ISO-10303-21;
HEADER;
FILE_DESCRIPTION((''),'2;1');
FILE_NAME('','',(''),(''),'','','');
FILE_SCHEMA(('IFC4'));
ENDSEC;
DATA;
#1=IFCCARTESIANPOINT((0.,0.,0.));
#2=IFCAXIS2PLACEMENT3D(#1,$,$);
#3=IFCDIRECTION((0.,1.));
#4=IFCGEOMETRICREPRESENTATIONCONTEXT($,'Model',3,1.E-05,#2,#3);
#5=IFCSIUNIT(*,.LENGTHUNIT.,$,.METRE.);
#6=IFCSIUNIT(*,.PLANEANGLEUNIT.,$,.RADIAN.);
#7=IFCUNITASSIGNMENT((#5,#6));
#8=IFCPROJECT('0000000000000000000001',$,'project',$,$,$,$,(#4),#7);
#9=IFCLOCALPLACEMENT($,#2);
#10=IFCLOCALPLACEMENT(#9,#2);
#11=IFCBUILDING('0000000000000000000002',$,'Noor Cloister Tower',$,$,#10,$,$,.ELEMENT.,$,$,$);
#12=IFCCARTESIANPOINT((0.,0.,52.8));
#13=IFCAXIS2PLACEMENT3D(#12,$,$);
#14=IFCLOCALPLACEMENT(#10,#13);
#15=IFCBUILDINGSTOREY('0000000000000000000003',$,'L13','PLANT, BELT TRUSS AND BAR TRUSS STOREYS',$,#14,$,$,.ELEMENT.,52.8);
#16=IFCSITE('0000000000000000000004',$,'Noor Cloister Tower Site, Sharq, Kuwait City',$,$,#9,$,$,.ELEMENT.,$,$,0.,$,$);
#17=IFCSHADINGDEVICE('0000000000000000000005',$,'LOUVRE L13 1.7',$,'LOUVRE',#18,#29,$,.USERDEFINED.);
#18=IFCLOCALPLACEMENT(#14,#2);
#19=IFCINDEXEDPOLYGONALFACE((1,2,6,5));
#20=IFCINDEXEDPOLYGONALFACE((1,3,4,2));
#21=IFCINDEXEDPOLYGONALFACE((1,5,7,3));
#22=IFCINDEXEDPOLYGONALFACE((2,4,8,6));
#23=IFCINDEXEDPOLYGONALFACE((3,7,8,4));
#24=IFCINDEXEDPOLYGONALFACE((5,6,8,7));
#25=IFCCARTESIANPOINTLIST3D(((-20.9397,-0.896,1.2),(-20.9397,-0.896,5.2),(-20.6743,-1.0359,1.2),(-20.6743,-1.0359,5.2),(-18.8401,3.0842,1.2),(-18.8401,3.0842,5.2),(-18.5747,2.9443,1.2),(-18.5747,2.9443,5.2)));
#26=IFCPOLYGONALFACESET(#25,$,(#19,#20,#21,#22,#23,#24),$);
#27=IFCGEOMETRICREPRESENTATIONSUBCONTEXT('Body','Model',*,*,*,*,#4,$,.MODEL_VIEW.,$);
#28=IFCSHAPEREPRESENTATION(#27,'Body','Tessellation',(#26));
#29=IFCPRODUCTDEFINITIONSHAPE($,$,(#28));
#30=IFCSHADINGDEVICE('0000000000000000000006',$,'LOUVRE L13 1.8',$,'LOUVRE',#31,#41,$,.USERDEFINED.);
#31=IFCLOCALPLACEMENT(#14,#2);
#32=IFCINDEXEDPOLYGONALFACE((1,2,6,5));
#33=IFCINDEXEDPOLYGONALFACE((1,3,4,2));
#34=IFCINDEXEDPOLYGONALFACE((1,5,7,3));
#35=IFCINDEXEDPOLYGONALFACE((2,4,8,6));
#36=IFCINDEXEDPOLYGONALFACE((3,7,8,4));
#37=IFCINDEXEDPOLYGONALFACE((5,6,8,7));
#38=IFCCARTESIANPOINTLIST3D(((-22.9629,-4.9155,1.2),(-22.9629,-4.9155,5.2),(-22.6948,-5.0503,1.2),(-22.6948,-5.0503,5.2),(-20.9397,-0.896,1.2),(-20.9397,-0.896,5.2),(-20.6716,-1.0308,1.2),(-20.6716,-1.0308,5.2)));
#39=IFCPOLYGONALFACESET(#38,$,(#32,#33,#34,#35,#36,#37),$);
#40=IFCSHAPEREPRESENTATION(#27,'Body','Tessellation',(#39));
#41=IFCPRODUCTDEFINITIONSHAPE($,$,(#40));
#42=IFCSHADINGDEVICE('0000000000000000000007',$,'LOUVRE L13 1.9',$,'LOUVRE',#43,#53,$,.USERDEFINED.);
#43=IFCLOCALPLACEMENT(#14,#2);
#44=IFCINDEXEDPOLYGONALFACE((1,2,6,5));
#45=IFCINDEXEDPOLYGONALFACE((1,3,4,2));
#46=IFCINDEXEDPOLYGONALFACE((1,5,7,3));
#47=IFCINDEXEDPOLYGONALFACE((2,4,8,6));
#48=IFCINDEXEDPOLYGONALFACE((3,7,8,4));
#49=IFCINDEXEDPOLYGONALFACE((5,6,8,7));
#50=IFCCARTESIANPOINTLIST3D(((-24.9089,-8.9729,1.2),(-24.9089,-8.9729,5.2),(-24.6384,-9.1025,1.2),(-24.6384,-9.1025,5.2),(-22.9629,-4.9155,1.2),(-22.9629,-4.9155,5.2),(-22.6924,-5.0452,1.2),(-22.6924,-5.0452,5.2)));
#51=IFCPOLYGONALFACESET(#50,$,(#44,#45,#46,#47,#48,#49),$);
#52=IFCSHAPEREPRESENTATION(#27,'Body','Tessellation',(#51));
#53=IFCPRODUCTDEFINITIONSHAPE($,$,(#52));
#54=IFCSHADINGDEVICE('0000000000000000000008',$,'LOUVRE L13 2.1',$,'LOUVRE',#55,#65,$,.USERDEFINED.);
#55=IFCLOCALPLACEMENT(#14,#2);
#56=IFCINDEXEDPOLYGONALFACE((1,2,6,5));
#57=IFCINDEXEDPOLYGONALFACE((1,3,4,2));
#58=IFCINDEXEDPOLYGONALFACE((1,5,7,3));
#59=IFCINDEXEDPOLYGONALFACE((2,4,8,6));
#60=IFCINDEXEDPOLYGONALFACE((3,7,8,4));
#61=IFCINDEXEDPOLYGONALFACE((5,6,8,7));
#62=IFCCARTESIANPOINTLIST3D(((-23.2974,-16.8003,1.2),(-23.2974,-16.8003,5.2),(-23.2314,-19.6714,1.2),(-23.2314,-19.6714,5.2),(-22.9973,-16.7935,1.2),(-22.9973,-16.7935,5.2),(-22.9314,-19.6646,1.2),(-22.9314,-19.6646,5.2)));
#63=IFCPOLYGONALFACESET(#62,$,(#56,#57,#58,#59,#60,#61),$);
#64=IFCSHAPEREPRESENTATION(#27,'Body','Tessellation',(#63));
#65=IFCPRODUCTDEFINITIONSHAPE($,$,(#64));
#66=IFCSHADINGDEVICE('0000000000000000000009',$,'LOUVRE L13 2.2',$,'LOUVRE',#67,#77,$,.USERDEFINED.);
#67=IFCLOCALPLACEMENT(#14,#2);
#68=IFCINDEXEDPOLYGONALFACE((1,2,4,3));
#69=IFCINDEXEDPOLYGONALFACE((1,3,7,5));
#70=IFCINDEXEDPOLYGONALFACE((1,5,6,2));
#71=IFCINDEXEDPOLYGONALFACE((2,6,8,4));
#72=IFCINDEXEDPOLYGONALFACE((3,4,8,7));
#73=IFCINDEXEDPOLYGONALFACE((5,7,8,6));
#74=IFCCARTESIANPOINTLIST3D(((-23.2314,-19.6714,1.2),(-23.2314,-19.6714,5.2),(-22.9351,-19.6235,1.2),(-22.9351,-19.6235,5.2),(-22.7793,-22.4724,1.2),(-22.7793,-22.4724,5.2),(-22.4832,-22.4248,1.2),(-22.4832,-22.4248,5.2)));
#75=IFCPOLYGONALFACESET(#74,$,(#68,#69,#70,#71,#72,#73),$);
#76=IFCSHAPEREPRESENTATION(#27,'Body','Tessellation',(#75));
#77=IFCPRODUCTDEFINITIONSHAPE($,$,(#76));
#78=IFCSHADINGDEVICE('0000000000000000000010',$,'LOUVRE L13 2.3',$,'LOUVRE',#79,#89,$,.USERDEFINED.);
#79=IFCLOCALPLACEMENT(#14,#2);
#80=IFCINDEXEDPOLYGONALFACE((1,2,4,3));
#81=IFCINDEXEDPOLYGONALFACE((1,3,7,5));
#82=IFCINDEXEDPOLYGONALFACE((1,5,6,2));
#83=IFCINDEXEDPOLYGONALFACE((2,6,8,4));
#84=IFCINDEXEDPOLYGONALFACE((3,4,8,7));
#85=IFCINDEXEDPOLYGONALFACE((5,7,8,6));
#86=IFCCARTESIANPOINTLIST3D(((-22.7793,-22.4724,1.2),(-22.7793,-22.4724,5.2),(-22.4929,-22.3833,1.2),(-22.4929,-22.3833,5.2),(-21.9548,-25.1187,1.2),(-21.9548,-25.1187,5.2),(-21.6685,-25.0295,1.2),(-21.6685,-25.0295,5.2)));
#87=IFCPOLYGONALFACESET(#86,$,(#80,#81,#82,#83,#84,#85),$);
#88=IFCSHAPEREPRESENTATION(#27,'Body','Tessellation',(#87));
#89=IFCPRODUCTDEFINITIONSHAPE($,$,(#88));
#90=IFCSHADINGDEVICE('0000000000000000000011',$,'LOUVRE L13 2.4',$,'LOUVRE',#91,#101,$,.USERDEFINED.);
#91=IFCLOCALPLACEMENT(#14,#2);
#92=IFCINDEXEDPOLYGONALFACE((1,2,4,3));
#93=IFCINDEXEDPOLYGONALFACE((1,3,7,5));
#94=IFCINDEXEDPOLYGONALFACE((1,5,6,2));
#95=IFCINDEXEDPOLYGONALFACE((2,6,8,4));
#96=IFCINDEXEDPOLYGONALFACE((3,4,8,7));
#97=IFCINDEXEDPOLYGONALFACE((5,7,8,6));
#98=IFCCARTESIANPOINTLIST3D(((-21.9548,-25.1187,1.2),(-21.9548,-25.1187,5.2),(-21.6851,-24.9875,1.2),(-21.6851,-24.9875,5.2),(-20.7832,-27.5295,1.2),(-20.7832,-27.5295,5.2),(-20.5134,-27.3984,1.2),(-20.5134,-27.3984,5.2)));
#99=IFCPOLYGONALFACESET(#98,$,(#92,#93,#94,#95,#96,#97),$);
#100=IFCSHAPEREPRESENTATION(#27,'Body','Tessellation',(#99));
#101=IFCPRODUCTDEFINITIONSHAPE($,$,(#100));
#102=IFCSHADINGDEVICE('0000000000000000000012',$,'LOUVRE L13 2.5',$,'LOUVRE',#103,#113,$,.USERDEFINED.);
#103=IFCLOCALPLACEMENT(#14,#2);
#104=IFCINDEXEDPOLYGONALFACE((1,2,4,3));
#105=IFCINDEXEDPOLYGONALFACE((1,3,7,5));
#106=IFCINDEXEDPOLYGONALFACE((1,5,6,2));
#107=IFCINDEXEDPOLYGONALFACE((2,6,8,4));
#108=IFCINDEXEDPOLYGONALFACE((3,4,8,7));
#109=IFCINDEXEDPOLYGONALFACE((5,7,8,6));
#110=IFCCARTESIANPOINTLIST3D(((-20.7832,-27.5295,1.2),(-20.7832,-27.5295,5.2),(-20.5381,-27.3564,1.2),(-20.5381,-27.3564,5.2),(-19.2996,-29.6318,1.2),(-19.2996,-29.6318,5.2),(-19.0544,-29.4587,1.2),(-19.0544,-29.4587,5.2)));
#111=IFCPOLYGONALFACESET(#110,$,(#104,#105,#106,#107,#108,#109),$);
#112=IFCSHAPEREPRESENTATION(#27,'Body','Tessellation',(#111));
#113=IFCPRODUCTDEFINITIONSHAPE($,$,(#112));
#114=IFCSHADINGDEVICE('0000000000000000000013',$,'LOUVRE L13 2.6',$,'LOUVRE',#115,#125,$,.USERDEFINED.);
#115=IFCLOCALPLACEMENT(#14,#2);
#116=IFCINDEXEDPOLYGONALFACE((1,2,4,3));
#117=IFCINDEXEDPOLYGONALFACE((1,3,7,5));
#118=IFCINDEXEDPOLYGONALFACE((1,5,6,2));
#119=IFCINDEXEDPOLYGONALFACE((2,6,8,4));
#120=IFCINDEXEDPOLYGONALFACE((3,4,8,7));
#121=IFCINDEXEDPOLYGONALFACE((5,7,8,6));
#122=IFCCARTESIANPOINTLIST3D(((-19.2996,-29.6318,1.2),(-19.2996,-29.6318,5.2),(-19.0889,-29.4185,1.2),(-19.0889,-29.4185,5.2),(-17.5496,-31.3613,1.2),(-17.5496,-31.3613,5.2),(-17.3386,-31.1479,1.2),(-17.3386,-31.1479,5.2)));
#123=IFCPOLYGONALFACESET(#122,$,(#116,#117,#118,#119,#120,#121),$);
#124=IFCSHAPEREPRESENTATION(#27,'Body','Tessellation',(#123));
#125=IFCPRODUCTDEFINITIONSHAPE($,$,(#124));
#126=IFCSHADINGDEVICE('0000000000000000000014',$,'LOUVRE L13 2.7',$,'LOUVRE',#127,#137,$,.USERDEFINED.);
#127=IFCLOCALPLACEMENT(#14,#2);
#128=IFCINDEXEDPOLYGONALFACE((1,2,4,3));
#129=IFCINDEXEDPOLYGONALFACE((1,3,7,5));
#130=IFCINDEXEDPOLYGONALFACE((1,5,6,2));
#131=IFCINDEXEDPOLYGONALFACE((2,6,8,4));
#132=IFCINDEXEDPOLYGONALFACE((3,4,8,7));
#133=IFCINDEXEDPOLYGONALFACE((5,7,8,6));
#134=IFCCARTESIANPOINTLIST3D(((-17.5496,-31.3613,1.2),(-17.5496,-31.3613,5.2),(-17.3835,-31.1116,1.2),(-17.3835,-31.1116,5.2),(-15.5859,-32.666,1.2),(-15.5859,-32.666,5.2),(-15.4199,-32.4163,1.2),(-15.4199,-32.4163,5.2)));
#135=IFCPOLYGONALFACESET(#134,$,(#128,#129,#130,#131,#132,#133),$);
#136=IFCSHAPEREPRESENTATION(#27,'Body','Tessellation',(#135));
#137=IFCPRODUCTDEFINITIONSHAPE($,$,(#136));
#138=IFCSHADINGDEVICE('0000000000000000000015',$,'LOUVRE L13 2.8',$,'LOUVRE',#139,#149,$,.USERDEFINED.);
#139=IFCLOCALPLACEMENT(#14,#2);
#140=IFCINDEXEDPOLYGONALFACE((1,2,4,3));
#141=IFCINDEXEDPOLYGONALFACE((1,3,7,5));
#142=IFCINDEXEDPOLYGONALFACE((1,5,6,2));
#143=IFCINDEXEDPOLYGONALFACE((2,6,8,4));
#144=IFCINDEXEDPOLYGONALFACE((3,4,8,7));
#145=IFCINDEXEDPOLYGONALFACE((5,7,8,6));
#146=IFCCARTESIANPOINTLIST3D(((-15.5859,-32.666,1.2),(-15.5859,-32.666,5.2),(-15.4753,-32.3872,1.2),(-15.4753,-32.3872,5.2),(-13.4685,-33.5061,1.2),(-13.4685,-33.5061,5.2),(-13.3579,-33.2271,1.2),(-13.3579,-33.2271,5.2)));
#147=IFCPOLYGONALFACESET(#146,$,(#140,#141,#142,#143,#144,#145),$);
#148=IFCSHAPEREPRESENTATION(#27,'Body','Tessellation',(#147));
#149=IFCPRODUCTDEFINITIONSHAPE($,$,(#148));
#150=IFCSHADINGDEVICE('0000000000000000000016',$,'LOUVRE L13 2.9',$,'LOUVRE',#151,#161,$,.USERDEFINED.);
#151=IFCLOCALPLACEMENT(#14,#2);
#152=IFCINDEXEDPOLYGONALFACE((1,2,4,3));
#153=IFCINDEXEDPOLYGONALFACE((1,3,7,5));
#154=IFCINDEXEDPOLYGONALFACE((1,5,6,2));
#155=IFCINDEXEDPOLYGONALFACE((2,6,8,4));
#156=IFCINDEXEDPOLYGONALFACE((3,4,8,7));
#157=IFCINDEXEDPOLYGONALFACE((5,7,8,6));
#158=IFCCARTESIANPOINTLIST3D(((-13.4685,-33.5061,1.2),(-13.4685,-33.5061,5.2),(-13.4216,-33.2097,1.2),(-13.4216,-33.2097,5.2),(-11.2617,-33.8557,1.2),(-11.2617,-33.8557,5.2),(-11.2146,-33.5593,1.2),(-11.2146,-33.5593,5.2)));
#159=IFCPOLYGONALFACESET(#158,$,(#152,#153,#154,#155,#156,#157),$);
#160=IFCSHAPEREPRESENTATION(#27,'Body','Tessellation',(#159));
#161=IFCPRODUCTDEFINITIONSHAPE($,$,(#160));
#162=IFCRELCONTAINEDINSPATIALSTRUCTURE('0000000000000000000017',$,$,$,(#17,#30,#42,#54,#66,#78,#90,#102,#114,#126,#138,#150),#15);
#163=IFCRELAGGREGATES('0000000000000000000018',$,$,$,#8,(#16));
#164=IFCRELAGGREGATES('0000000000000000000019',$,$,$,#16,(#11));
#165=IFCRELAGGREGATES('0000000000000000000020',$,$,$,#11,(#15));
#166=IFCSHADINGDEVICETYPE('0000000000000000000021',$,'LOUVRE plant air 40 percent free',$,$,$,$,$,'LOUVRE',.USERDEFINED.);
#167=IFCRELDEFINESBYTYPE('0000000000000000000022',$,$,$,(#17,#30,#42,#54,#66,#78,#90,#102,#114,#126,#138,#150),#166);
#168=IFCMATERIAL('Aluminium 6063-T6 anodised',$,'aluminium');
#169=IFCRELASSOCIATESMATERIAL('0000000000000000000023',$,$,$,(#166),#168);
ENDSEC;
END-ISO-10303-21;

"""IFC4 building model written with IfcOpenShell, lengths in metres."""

from ifc_helpers import new_model, si_unit, direction, frame, origin, place, context, subcontext, project, spatial, polyline, outline, extrude, material, type_object, element, save


model = new_model("IFC4")

# Units and contexts
model_context = context("Model", 3, precision=1e-05, world=origin(), true_north=direction((0.0, 1.0)))
body_context = subcontext(model_context, "Body", "Model", "MODEL_VIEW")
ifc_project = project(units=[si_unit("LENGTHUNIT", "METRE"), si_unit("PLANEANGLEUNIT", "RADIAN")], contexts=[model_context])

# Site, building, storey
site_placement = place(None, origin())
site = spatial("IfcSite", under=ifc_project, at=site_placement, Name="Noor Cloister Tower Site, Sharq, Kuwait City", CompositionType="ELEMENT", RefElevation=0.0)
building_placement = place(site_placement, origin())
building = spatial("IfcBuilding", under=site, at=building_placement, Name="Noor Cloister Tower", CompositionType="ELEMENT")
storey_placement = place(building_placement, frame((0.0, 0.0, 52.8)))
storey = spatial("IfcBuildingStorey", under=building, at=storey_placement, Name="L13", Description="PLANT, BELT TRUSS AND BAR TRUSS STOREYS", CompositionType="ELEMENT", Elevation=52.8)

# Shading devices
ifc_material_1 = material(Name="Aluminium 6063-T6 anodised", Category="aluminium")
shading_device_type = type_object("IfcShadingDeviceType", Name="LOUVRE plant air 40 percent free", ElementType="LOUVRE", PredefinedType="USERDEFINED", material=ifc_material_1)
shading_device_1_placement = place(storey_placement, frame((0.0, 0.0, 1.2)))
element("IfcShadingDevice", 1, at=shading_device_1_placement, inside=storey, type_object=shading_device_type, Name="LOUVRE L13 1.7", ObjectType="LOUVRE", PredefinedType="USERDEFINED", context=body_context, shape_type="SweptSolid", body=[
    extrude(outline(polyline([(-18.8401, 3.0842), (-20.9397, -0.896), (-20.6743, -1.0359), (-18.5747, 2.9443), (-18.8401, 3.0842)])), origin(), (0.0, 0.0, 1.0), 4.0),
])
shading_device_2_placement = place(storey_placement, frame((0.0, 0.0, 1.2)))
element("IfcShadingDevice", 2, at=shading_device_2_placement, inside=storey, type_object=shading_device_type, Name="LOUVRE L13 1.8", ObjectType="LOUVRE", PredefinedType="USERDEFINED", context=body_context, shape_type="SweptSolid", body=[
    extrude(outline(polyline([(-20.9397, -0.896), (-22.9629, -4.9155), (-22.6948, -5.0503), (-20.6716, -1.0308), (-20.9397, -0.896)])), origin(), (0.0, 0.0, 1.0), 4.0),
])
shading_device_3_placement = place(storey_placement, frame((0.0, 0.0, 1.2)))
element("IfcShadingDevice", 3, at=shading_device_3_placement, inside=storey, type_object=shading_device_type, Name="LOUVRE L13 1.9", ObjectType="LOUVRE", PredefinedType="USERDEFINED", context=body_context, shape_type="SweptSolid", body=[
    extrude(outline(polyline([(-22.9629, -4.9155), (-24.9089, -8.9729), (-24.6384, -9.1025), (-22.6924, -5.0452), (-22.9629, -4.9155)])), origin(), (0.0, 0.0, 1.0), 4.0),
])
shading_device_4_placement = place(storey_placement, frame((0.0, 0.0, 1.2)))
element("IfcShadingDevice", 4, at=shading_device_4_placement, inside=storey, type_object=shading_device_type, Name="LOUVRE L13 2.1", ObjectType="LOUVRE", PredefinedType="USERDEFINED", context=body_context, shape_type="SweptSolid", body=[
    extrude(outline(polyline([(-23.2974, -16.8003), (-23.2314, -19.6714), (-22.9314, -19.6646), (-22.9973, -16.7935), (-23.2974, -16.8003)])), origin(), (0.0, 0.0, 1.0), 4.0),
])
shading_device_5_placement = place(storey_placement, frame((0.0, 0.0, 1.2)))
element("IfcShadingDevice", 5, at=shading_device_5_placement, inside=storey, type_object=shading_device_type, Name="LOUVRE L13 2.2", ObjectType="LOUVRE", PredefinedType="USERDEFINED", context=body_context, shape_type="SweptSolid", body=[
    extrude(outline(polyline([(-23.2314, -19.6714), (-22.7793, -22.4724), (-22.4832, -22.4248), (-22.9351, -19.6235), (-23.2314, -19.6714)])), origin(), (0.0, 0.0, 1.0), 4.0),
])
shading_device_6_placement = place(storey_placement, frame((0.0, 0.0, 1.2)))
element("IfcShadingDevice", 6, at=shading_device_6_placement, inside=storey, type_object=shading_device_type, Name="LOUVRE L13 2.3", ObjectType="LOUVRE", PredefinedType="USERDEFINED", context=body_context, shape_type="SweptSolid", body=[
    extrude(outline(polyline([(-22.7793, -22.4724), (-21.9548, -25.1187), (-21.6685, -25.0295), (-22.4929, -22.3833), (-22.7793, -22.4724)])), origin(), (0.0, 0.0, 1.0), 4.0),
])
shading_device_7_placement = place(storey_placement, frame((0.0, 0.0, 1.2)))
element("IfcShadingDevice", 7, at=shading_device_7_placement, inside=storey, type_object=shading_device_type, Name="LOUVRE L13 2.4", ObjectType="LOUVRE", PredefinedType="USERDEFINED", context=body_context, shape_type="SweptSolid", body=[
    extrude(outline(polyline([(-21.9548, -25.1187), (-20.7832, -27.5295), (-20.5134, -27.3984), (-21.6851, -24.9875), (-21.9548, -25.1187)])), origin(), (0.0, 0.0, 1.0), 4.0),
])
shading_device_8_placement = place(storey_placement, frame((0.0, 0.0, 1.2)))
element("IfcShadingDevice", 8, at=shading_device_8_placement, inside=storey, type_object=shading_device_type, Name="LOUVRE L13 2.5", ObjectType="LOUVRE", PredefinedType="USERDEFINED", context=body_context, shape_type="SweptSolid", body=[
    extrude(outline(polyline([(-20.7832, -27.5295), (-19.2996, -29.6318), (-19.0544, -29.4587), (-20.5381, -27.3564), (-20.7832, -27.5295)])), origin(), (0.0, 0.0, 1.0), 4.0),
])
shading_device_9_placement = place(storey_placement, frame((0.0, 0.0, 1.2)))
element("IfcShadingDevice", 9, at=shading_device_9_placement, inside=storey, type_object=shading_device_type, Name="LOUVRE L13 2.6", ObjectType="LOUVRE", PredefinedType="USERDEFINED", context=body_context, shape_type="SweptSolid", body=[
    extrude(outline(polyline([(-19.2996, -29.6318), (-17.5496, -31.3613), (-17.3386, -31.1479), (-19.0889, -29.4185), (-19.2996, -29.6318)])), origin(), (0.0, 0.0, 1.0), 4.0),
])
shading_device_10_placement = place(storey_placement, frame((0.0, 0.0, 1.2)))
element("IfcShadingDevice", 10, at=shading_device_10_placement, inside=storey, type_object=shading_device_type, Name="LOUVRE L13 2.7", ObjectType="LOUVRE", PredefinedType="USERDEFINED", context=body_context, shape_type="SweptSolid", body=[
    extrude(outline(polyline([(-17.5496, -31.3613), (-15.5859, -32.666), (-15.4199, -32.4163), (-17.3835, -31.1116), (-17.5496, -31.3613)])), origin(), (0.0, 0.0, 1.0), 4.0),
])
shading_device_11_placement = place(storey_placement, frame((0.0, 0.0, 1.2)))
element("IfcShadingDevice", 11, at=shading_device_11_placement, inside=storey, type_object=shading_device_type, Name="LOUVRE L13 2.8", ObjectType="LOUVRE", PredefinedType="USERDEFINED", context=body_context, shape_type="SweptSolid", body=[
    extrude(outline(polyline([(-15.5859, -32.666), (-13.4685, -33.5061), (-13.3579, -33.2271), (-15.4753, -32.3872), (-15.5859, -32.666)])), origin(), (0.0, 0.0, 1.0), 4.0),
])
shading_device_12_placement = place(storey_placement, frame((0.0, 0.0, 1.2)))
element("IfcShadingDevice", 12, at=shading_device_12_placement, inside=storey, type_object=shading_device_type, Name="LOUVRE L13 2.9", ObjectType="LOUVRE", PredefinedType="USERDEFINED", context=body_context, shape_type="SweptSolid", body=[
    extrude(outline(polyline([(-13.4685, -33.5061), (-11.2617, -33.8557), (-11.2146, -33.5593), (-13.4216, -33.2097), (-13.4685, -33.5061)])), origin(), (0.0, 0.0, 1.0), 4.0),
])

save(model, "model.ifc")
